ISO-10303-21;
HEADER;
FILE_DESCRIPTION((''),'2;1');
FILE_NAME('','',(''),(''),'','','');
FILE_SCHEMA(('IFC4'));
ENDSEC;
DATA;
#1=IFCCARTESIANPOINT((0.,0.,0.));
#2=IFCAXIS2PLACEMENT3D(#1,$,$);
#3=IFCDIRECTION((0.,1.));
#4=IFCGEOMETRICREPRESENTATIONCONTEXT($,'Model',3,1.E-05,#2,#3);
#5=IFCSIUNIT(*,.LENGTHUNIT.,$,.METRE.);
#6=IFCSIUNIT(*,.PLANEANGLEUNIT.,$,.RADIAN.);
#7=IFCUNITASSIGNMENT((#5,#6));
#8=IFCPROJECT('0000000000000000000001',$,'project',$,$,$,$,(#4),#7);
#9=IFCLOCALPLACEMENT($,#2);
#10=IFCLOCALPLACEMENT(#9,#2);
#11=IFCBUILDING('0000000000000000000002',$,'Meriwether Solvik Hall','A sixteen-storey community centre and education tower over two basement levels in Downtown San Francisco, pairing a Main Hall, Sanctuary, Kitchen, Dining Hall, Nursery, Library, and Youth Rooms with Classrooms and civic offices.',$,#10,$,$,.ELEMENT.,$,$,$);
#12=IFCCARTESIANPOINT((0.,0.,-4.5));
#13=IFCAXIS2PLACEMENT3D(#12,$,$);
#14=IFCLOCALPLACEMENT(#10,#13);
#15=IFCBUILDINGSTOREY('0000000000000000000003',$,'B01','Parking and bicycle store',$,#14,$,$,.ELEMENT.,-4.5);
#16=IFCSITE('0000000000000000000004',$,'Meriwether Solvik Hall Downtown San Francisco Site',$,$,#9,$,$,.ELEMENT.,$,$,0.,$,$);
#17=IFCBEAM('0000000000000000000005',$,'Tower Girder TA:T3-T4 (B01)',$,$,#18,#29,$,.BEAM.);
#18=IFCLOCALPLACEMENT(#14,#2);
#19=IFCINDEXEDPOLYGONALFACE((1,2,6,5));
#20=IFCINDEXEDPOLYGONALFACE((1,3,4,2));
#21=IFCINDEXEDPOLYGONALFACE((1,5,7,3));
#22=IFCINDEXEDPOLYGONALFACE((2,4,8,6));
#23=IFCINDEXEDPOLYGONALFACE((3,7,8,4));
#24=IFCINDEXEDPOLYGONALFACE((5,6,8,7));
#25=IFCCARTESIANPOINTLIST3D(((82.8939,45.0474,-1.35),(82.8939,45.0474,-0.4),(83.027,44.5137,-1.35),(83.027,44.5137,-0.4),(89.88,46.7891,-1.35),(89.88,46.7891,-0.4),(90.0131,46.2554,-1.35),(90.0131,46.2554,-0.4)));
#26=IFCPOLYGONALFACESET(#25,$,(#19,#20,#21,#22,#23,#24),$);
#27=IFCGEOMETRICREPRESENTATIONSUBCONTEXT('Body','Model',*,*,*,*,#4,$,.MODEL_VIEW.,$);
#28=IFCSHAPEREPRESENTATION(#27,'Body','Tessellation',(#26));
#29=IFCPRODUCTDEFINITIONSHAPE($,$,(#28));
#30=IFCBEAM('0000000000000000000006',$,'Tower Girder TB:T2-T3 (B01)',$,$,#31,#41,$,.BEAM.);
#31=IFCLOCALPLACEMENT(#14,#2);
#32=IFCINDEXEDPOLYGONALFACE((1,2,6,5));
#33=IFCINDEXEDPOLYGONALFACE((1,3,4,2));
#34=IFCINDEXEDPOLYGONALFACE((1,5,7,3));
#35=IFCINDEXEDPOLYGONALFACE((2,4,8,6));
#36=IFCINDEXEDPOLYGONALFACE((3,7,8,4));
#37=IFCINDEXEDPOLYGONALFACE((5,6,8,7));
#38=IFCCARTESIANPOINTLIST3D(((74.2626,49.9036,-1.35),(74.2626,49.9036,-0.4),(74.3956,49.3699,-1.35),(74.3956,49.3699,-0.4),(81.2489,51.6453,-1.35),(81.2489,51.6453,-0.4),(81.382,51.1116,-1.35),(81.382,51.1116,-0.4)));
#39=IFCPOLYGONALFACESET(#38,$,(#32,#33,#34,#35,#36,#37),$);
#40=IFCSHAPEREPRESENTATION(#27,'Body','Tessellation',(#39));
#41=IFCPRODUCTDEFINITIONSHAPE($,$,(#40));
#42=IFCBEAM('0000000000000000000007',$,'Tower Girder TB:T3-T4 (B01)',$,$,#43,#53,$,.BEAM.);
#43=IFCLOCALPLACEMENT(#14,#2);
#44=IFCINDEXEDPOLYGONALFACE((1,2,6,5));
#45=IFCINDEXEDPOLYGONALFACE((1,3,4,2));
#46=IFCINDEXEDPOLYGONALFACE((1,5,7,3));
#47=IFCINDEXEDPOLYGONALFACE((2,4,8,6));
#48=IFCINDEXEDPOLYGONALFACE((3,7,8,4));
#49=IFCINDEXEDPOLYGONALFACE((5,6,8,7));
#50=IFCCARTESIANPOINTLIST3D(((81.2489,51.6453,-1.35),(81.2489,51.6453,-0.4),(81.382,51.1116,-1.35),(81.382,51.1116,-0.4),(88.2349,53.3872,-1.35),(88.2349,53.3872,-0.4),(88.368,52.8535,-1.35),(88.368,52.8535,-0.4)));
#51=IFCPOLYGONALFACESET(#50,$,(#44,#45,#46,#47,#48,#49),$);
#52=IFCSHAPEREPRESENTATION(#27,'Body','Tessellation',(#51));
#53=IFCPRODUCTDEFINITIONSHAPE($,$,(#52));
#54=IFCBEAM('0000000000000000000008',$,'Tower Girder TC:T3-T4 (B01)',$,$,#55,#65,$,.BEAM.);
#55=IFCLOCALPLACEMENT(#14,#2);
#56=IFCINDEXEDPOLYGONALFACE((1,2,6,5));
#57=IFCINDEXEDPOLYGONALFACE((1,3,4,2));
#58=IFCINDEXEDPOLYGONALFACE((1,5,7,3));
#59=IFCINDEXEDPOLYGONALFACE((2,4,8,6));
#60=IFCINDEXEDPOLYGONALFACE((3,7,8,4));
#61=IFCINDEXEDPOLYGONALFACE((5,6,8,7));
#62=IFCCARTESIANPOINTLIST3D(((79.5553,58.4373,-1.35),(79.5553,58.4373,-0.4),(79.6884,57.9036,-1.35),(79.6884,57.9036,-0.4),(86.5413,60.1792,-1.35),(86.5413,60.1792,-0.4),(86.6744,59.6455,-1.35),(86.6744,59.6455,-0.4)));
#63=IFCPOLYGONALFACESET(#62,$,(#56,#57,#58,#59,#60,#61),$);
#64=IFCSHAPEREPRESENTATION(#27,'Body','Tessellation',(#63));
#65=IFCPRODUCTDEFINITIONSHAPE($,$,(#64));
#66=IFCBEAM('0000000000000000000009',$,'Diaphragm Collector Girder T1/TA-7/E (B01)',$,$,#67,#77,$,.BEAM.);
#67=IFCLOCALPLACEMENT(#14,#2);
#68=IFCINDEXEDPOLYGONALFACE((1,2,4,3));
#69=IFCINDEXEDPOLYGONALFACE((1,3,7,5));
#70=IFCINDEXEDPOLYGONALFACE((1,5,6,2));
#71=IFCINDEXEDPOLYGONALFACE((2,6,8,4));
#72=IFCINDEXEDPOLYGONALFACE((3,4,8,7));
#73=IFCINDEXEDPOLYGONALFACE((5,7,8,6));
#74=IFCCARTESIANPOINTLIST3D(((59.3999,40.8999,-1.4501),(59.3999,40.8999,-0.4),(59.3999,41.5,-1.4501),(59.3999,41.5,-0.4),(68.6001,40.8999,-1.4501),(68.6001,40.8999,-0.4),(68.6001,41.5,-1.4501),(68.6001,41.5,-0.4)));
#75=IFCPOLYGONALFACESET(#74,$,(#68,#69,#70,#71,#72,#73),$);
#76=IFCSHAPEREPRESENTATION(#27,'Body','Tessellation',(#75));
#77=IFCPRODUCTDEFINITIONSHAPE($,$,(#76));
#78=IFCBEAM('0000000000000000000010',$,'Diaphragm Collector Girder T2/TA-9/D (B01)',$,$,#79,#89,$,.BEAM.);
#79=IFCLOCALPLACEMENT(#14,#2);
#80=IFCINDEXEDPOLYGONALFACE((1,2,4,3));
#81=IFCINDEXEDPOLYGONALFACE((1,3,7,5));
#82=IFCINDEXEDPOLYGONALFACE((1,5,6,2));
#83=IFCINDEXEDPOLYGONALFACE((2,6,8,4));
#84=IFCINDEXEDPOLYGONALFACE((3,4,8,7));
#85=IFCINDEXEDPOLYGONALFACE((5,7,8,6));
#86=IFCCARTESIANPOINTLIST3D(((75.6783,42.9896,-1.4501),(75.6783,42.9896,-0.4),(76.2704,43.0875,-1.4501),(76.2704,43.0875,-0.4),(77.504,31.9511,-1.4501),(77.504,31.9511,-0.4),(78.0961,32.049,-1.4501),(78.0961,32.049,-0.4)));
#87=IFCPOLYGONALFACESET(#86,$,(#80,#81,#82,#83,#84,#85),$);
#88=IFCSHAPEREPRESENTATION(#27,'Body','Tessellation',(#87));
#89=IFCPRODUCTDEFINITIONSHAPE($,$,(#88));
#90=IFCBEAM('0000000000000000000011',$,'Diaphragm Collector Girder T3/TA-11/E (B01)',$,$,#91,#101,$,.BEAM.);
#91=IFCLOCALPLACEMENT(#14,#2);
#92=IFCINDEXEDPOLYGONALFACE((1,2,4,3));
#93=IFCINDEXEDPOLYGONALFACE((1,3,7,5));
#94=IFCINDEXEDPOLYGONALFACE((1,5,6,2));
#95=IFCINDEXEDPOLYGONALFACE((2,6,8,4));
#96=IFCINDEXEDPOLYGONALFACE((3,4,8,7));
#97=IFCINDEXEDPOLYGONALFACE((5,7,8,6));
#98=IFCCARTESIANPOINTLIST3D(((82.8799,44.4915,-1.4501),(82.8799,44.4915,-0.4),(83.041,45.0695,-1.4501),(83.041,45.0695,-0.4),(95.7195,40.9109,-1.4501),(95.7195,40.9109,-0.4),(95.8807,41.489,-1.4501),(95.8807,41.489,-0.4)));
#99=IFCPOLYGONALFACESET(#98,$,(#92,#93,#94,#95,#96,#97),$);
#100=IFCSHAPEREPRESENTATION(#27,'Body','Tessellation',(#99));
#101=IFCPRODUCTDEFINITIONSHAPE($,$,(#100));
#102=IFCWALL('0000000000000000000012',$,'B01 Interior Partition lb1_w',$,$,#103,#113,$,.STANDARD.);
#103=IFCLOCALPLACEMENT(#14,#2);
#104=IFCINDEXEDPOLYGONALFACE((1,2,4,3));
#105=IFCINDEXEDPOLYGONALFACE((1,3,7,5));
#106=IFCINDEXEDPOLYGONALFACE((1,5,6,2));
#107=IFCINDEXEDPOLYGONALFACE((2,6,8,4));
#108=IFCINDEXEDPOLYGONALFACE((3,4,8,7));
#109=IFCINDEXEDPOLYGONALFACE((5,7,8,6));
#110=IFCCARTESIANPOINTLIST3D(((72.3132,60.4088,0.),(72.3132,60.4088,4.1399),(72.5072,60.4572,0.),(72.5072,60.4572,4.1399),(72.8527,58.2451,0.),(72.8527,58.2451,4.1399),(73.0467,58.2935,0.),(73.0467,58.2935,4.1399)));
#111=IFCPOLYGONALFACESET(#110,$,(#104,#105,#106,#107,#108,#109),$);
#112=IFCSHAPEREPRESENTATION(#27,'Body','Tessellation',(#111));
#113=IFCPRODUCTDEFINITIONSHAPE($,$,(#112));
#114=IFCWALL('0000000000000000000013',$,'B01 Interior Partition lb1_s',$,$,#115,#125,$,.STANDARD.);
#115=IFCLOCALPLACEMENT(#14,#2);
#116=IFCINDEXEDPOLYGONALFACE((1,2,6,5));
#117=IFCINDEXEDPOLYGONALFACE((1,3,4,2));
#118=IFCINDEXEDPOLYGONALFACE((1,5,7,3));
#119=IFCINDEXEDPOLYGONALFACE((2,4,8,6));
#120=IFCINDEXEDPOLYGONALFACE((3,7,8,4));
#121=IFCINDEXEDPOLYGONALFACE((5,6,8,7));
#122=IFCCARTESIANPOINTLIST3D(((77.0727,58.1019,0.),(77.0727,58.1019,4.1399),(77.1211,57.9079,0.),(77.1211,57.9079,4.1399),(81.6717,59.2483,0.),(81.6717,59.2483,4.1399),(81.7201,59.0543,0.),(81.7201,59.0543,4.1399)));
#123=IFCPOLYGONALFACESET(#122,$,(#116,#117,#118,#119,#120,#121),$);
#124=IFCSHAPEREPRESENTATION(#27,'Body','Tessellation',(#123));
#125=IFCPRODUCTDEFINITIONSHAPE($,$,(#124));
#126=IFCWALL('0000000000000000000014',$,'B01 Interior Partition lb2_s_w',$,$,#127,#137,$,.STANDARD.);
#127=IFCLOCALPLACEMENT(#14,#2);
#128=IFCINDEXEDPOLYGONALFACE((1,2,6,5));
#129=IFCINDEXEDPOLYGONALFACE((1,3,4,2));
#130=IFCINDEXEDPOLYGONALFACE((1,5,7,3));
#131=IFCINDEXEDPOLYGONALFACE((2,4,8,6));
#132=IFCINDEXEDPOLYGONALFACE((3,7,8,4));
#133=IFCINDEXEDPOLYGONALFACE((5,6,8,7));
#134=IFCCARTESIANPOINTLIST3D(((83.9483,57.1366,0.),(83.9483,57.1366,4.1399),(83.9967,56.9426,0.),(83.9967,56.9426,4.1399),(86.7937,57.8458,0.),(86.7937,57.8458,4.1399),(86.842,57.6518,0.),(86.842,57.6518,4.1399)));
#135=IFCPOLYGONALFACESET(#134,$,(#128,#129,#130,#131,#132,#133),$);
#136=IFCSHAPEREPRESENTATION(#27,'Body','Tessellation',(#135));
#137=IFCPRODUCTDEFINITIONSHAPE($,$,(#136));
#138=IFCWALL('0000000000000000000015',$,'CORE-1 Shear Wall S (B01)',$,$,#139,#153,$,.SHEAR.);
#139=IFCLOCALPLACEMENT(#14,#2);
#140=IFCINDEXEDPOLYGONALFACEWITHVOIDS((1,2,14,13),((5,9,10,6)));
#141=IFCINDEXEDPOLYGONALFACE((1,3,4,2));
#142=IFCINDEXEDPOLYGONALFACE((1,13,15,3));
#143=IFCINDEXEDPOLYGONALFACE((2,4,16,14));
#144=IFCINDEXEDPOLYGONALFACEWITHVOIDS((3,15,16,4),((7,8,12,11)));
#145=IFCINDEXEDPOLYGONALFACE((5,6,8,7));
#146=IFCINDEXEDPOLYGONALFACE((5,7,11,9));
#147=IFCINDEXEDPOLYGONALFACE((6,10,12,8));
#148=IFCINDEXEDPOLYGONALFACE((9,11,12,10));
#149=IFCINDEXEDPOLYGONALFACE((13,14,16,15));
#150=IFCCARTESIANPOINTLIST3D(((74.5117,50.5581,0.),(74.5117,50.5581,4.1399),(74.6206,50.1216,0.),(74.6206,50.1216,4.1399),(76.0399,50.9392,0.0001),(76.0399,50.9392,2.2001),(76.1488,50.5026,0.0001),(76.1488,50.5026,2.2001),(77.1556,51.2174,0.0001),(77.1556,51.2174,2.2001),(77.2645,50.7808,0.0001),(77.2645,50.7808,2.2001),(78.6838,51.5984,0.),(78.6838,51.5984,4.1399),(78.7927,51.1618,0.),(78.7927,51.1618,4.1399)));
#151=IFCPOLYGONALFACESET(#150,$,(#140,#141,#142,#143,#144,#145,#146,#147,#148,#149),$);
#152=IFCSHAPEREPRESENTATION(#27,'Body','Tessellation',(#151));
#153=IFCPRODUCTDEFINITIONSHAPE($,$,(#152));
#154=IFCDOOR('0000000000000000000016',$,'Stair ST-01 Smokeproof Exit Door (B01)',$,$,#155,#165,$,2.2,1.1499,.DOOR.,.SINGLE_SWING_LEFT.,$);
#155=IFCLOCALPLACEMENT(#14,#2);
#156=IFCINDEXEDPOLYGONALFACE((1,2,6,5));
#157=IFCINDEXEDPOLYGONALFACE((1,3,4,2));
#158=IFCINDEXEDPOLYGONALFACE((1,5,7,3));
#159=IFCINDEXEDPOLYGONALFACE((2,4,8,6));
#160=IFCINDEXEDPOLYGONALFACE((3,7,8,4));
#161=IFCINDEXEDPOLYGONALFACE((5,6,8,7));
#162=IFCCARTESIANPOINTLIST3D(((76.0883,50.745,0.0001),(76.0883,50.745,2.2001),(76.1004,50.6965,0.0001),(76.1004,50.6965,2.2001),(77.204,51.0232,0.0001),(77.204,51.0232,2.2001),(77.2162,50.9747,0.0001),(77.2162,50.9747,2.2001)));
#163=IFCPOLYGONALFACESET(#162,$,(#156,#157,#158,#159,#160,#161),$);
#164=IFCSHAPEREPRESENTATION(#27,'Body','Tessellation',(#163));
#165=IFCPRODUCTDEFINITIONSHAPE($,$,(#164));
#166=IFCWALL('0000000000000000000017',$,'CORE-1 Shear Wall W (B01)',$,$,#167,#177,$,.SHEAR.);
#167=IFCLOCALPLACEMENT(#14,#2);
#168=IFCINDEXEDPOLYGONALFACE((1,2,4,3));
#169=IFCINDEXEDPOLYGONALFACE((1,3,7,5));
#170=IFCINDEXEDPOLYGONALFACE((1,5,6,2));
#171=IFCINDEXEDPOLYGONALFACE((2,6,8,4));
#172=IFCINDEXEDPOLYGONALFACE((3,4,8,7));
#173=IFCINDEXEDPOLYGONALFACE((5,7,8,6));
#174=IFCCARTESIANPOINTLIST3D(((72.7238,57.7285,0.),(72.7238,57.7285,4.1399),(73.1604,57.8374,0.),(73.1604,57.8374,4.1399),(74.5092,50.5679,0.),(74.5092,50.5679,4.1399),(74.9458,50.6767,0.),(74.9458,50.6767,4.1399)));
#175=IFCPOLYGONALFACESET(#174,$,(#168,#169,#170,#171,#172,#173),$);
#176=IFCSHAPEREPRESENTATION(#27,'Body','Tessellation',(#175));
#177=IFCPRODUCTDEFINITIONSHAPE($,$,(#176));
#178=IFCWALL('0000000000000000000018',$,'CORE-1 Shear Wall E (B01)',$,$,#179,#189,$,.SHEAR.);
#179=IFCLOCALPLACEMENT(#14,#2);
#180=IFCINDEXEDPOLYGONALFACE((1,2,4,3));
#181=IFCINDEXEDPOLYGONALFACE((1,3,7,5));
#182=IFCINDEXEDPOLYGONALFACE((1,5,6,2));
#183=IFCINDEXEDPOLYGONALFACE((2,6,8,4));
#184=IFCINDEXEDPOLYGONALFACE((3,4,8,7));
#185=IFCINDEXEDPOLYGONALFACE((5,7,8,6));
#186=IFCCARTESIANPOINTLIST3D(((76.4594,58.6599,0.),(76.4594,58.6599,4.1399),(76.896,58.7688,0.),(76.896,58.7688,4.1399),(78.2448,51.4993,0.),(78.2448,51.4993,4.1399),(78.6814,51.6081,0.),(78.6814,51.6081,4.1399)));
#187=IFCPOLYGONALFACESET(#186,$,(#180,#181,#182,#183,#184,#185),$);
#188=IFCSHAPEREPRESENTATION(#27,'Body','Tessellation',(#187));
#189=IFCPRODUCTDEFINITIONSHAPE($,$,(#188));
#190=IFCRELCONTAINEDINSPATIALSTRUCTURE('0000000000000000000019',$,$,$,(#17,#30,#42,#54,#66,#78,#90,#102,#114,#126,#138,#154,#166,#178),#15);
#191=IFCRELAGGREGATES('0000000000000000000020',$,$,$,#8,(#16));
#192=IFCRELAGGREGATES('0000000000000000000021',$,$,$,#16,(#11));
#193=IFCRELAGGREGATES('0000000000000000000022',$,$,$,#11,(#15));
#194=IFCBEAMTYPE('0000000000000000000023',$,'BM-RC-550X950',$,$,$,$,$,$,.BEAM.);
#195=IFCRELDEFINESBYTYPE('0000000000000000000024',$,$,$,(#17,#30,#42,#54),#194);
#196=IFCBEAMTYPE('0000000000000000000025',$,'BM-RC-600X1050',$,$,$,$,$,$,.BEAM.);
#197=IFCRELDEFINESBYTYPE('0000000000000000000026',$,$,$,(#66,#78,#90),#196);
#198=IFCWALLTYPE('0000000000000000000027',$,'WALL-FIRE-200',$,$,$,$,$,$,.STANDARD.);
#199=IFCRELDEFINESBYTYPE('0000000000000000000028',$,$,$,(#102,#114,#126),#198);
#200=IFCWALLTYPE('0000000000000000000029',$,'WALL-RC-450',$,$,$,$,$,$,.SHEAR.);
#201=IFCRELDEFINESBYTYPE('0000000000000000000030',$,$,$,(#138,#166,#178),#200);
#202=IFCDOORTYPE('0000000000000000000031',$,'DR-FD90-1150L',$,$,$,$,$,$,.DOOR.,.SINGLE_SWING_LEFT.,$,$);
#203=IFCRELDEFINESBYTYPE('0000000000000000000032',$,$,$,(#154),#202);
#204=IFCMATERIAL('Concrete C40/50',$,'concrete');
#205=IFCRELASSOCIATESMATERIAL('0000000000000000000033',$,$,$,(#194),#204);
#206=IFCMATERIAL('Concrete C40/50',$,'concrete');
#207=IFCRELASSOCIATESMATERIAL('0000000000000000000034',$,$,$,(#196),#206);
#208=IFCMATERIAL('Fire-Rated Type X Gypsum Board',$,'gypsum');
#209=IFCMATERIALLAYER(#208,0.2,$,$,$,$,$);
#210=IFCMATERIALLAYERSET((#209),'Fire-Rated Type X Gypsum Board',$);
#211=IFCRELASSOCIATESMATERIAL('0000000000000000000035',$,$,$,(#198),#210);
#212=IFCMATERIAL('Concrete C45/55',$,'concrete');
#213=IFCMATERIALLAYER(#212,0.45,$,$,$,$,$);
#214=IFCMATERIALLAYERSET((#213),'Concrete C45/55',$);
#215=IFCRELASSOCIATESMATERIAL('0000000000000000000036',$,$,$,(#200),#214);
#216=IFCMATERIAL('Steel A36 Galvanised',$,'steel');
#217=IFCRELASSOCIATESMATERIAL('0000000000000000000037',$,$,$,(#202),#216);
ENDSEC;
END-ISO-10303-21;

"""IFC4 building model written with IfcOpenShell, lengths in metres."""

from ifc_helpers import new_model, si_unit, direction, frame, frame_2d, origin, origin_2d, place, context, subcontext, project, spatial, rectangle, extrude, material, layer, layer_set, material_profile, profile_set, type_object, element, fill, save


model = new_model("IFC4")

# Units and contexts
model_context = context("Model", 3, precision=1e-05, world=origin(), true_north=direction((0.0, 1.0)))
body_context = subcontext(model_context, "Body", "Model", "MODEL_VIEW")
ifc_project = project(units=[si_unit("LENGTHUNIT", "METRE"), si_unit("PLANEANGLEUNIT", "RADIAN")], contexts=[model_context])

# Site, building, storey
site_placement = place(None, origin())
site = spatial("IfcSite", under=ifc_project, at=site_placement, Name="Meriwether Solvik Hall Downtown San Francisco Site", CompositionType="ELEMENT", RefElevation=0.0)
building_placement = place(site_placement, origin())
building = spatial("IfcBuilding", under=site, at=building_placement, Name="Meriwether Solvik Hall", Description="A sixteen-storey community centre and education tower over two basement levels in Downtown San Francisco, pairing a Main Hall, Sanctuary, Kitchen, Dining Hall, Nursery, Library, and Youth Rooms with Classrooms and civic offices.", CompositionType="ELEMENT")
storey_placement = place(building_placement, frame((0.0, 0.0, -4.5)))
storey = spatial("IfcBuildingStorey", under=building, at=storey_placement, Name="B01", Description="Parking and bicycle store", CompositionType="ELEMENT", Elevation=-4.5)

# Beams
ifc_material_1 = material(Name="Concrete C40/50", Category="concrete")
ifc_material_profile_1 = material_profile(ifc_material_1, rectangle(XDim=0.55, YDim=0.95, at=origin_2d()), Name="RCB-550X950")
ifc_profile_set_1 = profile_set([ifc_material_profile_1], Name="Concrete C40/50")
beam_type_1 = type_object("IfcBeamType", Name="BM-RC-550X950", PredefinedType="BEAM", material=ifc_profile_set_1)
for number, where, z_axis, x_axis, name in (
    (1, (82.9604, 44.7805, -0.875), (0.9703, 0.241905, 0.0), (-0.241905, 0.9703, 0.0), "Tower Girder TA:T3-T4 (B01)"),
):
    element("IfcBeam", number, at=place(storey_placement, frame(where, z_axis=z_axis, x_axis=x_axis)), inside=storey, type_object=beam_type_1, Name=name, PredefinedType="BEAM", context=body_context, shape_type="SweptSolid", body=[
        extrude(rectangle(XDim=0.55, YDim=0.95, at=origin_2d()), origin(), (0.0, 0.0, 1.0), 7.2),
    ])
beam_1_placement = place(storey_placement, frame((74.3291, 49.6367, -0.875), z_axis=(0.970302, 0.241897, 0.0), x_axis=(-0.241897, 0.970302, 0.0)))
element("IfcBeam", 2, at=beam_1_placement, inside=storey, type_object=beam_type_1, Name="Tower Girder TB:T2-T3 (B01)", PredefinedType="BEAM", context=body_context, shape_type="SweptSolid", body=[
    extrude(rectangle(XDim=0.55, YDim=0.95, at=origin_2d()), origin(), (0.0, 0.0, 1.0), 7.2002),
])
for number, where, z_axis, x_axis, name in (
    (3, (81.3154, 51.3784, -0.875), (0.970292, 0.241937, 0.0), (-0.241937, 0.970292, 0.0), "Tower Girder TB:T3-T4 (B01)"),
    (4, (79.6218, 58.1704, -0.875), (0.970292, 0.241937, 0.0), (-0.241937, 0.970292, 0.0), "Tower Girder TC:T3-T4 (B01)"),
):
    element("IfcBeam", number, at=place(storey_placement, frame(where, z_axis=z_axis, x_axis=x_axis)), inside=storey, type_object=beam_type_1, Name=name, PredefinedType="BEAM", context=body_context, shape_type="SweptSolid", body=[
        extrude(rectangle(XDim=0.55, YDim=0.95, at=origin_2d()), origin(), (0.0, 0.0, 1.0), 7.2),
    ])
ifc_material_2 = material(Name="Concrete C40/50", Category="concrete")
ifc_material_profile_2 = material_profile(ifc_material_2, rectangle(XDim=0.6001, YDim=1.05, at=origin_2d()), Name="RCB-600X1050")
ifc_profile_set_2 = profile_set([ifc_material_profile_2], Name="Concrete C40/50")
beam_type_2 = type_object("IfcBeamType", Name="BM-RC-600X1050", PredefinedType="BEAM", material=ifc_profile_set_2)
beam_2_placement = place(storey_placement, frame((68.6001, 41.2, -0.925), z_axis=(-1.0, 0.0, 0.0), x_axis=(0.0, -1.0, 0.0)))
element("IfcBeam", 5, at=beam_2_placement, inside=storey, type_object=beam_type_2, Name="Diaphragm Collector Girder T1/TA-7/E (B01)", PredefinedType="BEAM", context=body_context, shape_type="SweptSolid", body=[
    extrude(rectangle(XDim=0.6001, YDim=1.05, at=origin_2d()), origin(), (0.0, 0.0, 1.0), 9.2002),
])
beam_3_placement = place(storey_placement, frame((75.9744, 43.0386, -0.925), z_axis=(0.163175, -0.986597, 0.0), x_axis=(0.986597, 0.163175, 0.0)))
element("IfcBeam", 6, at=beam_3_placement, inside=storey, type_object=beam_type_2, Name="Diaphragm Collector Girder T2/TA-9/D (B01)", PredefinedType="BEAM", context=body_context, shape_type="SweptSolid", body=[
    extrude(rectangle(XDim=0.6001, YDim=1.05, at=origin_2d()), origin(), (0.0, 0.0, 1.0), 11.1885),
])
beam_4_placement = place(storey_placement, frame((82.9604, 44.7805, -0.925), z_axis=(0.963246, -0.26862, 0.0), x_axis=(0.26862, 0.963246, 0.0)))
element("IfcBeam", 7, at=beam_4_placement, inside=storey, type_object=beam_type_2, Name="Diaphragm Collector Girder T3/TA-11/E (B01)", PredefinedType="BEAM", context=body_context, shape_type="SweptSolid", body=[
    extrude(rectangle(XDim=0.6001, YDim=1.05, at=origin_2d()), origin(), (0.0, 0.0, 1.0), 13.3296),
])

# Walls
ifc_material_3 = material(Name="Fire-Rated Type X Gypsum Board", Category="gypsum")
ifc_layer_1 = layer(ifc_material_3, 0.2)
ifc_layer_set_1 = layer_set([ifc_layer_1], Name="Fire-Rated Type X Gypsum Board")
wall_type_1 = type_object("IfcWallType", Name="WALL-FIRE-200", PredefinedType="STANDARD", material=ifc_layer_set_1)
wall_1_placement = place(storey_placement, frame((72.9497, 58.2693, 0.0), z_axis=(0.0, 0.0, 1.0), x_axis=(-0.241943, 0.97029, 0.0)))
element("IfcWall", 8, at=wall_1_placement, inside=storey, type_object=wall_type_1, Name="B01 Interior Partition lb1_w", PredefinedType="STANDARD", context=body_context, shape_type="SweptSolid", body=[
    extrude(rectangle(XDim=2.23, YDim=0.2, at=frame_2d((1.115, 0.0))), origin(), (0.0, 0.0, 1.0), 4.1399),
])
wall_2_placement = place(storey_placement, frame((77.0969, 58.0049, 0.0), z_axis=(0.0, 0.0, 1.0), x_axis=(0.970306, 0.241881, 0.0)))
element("IfcWall", 9, at=wall_2_placement, inside=storey, type_object=wall_type_1, Name="B01 Interior Partition lb1_s", PredefinedType="STANDARD", context=body_context, shape_type="SweptSolid", body=[
    extrude(rectangle(XDim=4.7397, YDim=0.2, at=frame_2d((2.3699, 0.0))), origin(), (0.0, 0.0, 1.0), 4.1399),
])
wall_3_placement = place(storey_placement, frame((83.9724, 57.0396, 0.0), z_axis=(0.0, 0.0, 1.0), x_axis=(0.970309, 0.241869, 0.0)))
element("IfcWall", 10, at=wall_3_placement, inside=storey, type_object=wall_type_1, Name="B01 Interior Partition lb2_s_w", PredefinedType="STANDARD", context=body_context, shape_type="SweptSolid", body=[
    extrude(rectangle(XDim=2.9324, YDim=0.2, at=frame_2d((1.4663, 0.0))), origin(), (0.0, 0.0, 1.0), 4.1399),
])

# Wall, opening, door
ifc_material_4 = material(Name="Concrete C45/55", Category="concrete")
ifc_layer_2 = layer(ifc_material_4, 0.45)
ifc_layer_set_2 = layer_set([ifc_layer_2], Name="Concrete C45/55")
wall_type_2 = type_object("IfcWallType", Name="WALL-RC-450", PredefinedType="SHEAR", material=ifc_layer_set_2)
wall_4_placement = place(storey_placement, frame((74.5662, 50.3398, 0.0), z_axis=(0.0, 0.0, 1.0), x_axis=(0.970293, 0.241934, 0.0)))
wall_4 = element("IfcWall", 11, at=wall_4_placement, inside=storey, type_object=wall_type_2, Name="CORE-1 Shear Wall S (B01)", PredefinedType="SHEAR", context=body_context, shape_type="SweptSolid", body=[
    extrude(rectangle(XDim=4.2998, YDim=0.45, at=frame_2d((2.1499, 0.0))), origin(), (0.0, 0.0, 1.0), 4.1399),
])
opening_placement = place(wall_4_placement, frame((1.575, 0.0, 0.0)))
opening = element("IfcOpeningElement", 12, at=opening_placement, cuts=wall_4, PredefinedType="OPENING", context=body_context, shape_type="SweptSolid", body=[
    extrude(rectangle(XDim=1.1499, YDim=2.2, at=frame_2d((0.575, 1.1001))), frame((0.0, 0.2368, 0.0), z_axis=(0.0, -1.0, 0.0), x_axis=(1.0, 0.0, 0.0)), (0.0, 0.0, 1.0), 0.4739),
])
ifc_material_5 = material(Name="Steel A36 Galvanised", Category="steel")
door_type = type_object("IfcDoorType", Name="DR-FD90-1150L", OperationType="SINGLE_SWING_LEFT", PredefinedType="DOOR", material=ifc_material_5)
door_placement = place(opening_placement, origin())
door = element("IfcDoor", 13, at=door_placement, inside=storey, type_object=door_type, Name="Stair ST-01 Smokeproof Exit Door (B01)", OperationType="SINGLE_SWING_LEFT", OverallHeight=2.2, OverallWidth=1.1499, PredefinedType="DOOR", context=body_context, shape_type="SweptSolid", body=[
    extrude(rectangle(XDim=1.1499, YDim=2.2, at=frame_2d((0.575, 1.1001))), frame((0.0, 0.0249, 0.0), z_axis=(0.0, -1.0, 0.0), x_axis=(1.0, 0.0, 0.0)), (0.0, 0.0, 1.0), 0.05),
])
fill(opening, door)

# Walls
for number, where, z_axis, x_axis, name in (
    (14, (72.9421, 57.783, 0.0), (0.0, 0.0, 1.0), (0.241928, -0.970294, 0.0), "CORE-1 Shear Wall W (B01)"),
    (15, (78.4631, 51.5537, 0.0), (0.0, 0.0, 1.0), (-0.241928, 0.970294, 0.0), "CORE-1 Shear Wall E (B01)"),
):
    element("IfcWall", number, at=place(storey_placement, frame(where, z_axis=z_axis, x_axis=x_axis)), inside=storey, type_object=wall_type_2, Name=name, PredefinedType="SHEAR", context=body_context, shape_type="SweptSolid", body=[
        extrude(rectangle(XDim=7.3799, YDim=0.45, at=frame_2d((3.6899, 0.0))), origin(), (0.0, 0.0, 1.0), 4.1399),
    ])

save(model, "model.ifc")
